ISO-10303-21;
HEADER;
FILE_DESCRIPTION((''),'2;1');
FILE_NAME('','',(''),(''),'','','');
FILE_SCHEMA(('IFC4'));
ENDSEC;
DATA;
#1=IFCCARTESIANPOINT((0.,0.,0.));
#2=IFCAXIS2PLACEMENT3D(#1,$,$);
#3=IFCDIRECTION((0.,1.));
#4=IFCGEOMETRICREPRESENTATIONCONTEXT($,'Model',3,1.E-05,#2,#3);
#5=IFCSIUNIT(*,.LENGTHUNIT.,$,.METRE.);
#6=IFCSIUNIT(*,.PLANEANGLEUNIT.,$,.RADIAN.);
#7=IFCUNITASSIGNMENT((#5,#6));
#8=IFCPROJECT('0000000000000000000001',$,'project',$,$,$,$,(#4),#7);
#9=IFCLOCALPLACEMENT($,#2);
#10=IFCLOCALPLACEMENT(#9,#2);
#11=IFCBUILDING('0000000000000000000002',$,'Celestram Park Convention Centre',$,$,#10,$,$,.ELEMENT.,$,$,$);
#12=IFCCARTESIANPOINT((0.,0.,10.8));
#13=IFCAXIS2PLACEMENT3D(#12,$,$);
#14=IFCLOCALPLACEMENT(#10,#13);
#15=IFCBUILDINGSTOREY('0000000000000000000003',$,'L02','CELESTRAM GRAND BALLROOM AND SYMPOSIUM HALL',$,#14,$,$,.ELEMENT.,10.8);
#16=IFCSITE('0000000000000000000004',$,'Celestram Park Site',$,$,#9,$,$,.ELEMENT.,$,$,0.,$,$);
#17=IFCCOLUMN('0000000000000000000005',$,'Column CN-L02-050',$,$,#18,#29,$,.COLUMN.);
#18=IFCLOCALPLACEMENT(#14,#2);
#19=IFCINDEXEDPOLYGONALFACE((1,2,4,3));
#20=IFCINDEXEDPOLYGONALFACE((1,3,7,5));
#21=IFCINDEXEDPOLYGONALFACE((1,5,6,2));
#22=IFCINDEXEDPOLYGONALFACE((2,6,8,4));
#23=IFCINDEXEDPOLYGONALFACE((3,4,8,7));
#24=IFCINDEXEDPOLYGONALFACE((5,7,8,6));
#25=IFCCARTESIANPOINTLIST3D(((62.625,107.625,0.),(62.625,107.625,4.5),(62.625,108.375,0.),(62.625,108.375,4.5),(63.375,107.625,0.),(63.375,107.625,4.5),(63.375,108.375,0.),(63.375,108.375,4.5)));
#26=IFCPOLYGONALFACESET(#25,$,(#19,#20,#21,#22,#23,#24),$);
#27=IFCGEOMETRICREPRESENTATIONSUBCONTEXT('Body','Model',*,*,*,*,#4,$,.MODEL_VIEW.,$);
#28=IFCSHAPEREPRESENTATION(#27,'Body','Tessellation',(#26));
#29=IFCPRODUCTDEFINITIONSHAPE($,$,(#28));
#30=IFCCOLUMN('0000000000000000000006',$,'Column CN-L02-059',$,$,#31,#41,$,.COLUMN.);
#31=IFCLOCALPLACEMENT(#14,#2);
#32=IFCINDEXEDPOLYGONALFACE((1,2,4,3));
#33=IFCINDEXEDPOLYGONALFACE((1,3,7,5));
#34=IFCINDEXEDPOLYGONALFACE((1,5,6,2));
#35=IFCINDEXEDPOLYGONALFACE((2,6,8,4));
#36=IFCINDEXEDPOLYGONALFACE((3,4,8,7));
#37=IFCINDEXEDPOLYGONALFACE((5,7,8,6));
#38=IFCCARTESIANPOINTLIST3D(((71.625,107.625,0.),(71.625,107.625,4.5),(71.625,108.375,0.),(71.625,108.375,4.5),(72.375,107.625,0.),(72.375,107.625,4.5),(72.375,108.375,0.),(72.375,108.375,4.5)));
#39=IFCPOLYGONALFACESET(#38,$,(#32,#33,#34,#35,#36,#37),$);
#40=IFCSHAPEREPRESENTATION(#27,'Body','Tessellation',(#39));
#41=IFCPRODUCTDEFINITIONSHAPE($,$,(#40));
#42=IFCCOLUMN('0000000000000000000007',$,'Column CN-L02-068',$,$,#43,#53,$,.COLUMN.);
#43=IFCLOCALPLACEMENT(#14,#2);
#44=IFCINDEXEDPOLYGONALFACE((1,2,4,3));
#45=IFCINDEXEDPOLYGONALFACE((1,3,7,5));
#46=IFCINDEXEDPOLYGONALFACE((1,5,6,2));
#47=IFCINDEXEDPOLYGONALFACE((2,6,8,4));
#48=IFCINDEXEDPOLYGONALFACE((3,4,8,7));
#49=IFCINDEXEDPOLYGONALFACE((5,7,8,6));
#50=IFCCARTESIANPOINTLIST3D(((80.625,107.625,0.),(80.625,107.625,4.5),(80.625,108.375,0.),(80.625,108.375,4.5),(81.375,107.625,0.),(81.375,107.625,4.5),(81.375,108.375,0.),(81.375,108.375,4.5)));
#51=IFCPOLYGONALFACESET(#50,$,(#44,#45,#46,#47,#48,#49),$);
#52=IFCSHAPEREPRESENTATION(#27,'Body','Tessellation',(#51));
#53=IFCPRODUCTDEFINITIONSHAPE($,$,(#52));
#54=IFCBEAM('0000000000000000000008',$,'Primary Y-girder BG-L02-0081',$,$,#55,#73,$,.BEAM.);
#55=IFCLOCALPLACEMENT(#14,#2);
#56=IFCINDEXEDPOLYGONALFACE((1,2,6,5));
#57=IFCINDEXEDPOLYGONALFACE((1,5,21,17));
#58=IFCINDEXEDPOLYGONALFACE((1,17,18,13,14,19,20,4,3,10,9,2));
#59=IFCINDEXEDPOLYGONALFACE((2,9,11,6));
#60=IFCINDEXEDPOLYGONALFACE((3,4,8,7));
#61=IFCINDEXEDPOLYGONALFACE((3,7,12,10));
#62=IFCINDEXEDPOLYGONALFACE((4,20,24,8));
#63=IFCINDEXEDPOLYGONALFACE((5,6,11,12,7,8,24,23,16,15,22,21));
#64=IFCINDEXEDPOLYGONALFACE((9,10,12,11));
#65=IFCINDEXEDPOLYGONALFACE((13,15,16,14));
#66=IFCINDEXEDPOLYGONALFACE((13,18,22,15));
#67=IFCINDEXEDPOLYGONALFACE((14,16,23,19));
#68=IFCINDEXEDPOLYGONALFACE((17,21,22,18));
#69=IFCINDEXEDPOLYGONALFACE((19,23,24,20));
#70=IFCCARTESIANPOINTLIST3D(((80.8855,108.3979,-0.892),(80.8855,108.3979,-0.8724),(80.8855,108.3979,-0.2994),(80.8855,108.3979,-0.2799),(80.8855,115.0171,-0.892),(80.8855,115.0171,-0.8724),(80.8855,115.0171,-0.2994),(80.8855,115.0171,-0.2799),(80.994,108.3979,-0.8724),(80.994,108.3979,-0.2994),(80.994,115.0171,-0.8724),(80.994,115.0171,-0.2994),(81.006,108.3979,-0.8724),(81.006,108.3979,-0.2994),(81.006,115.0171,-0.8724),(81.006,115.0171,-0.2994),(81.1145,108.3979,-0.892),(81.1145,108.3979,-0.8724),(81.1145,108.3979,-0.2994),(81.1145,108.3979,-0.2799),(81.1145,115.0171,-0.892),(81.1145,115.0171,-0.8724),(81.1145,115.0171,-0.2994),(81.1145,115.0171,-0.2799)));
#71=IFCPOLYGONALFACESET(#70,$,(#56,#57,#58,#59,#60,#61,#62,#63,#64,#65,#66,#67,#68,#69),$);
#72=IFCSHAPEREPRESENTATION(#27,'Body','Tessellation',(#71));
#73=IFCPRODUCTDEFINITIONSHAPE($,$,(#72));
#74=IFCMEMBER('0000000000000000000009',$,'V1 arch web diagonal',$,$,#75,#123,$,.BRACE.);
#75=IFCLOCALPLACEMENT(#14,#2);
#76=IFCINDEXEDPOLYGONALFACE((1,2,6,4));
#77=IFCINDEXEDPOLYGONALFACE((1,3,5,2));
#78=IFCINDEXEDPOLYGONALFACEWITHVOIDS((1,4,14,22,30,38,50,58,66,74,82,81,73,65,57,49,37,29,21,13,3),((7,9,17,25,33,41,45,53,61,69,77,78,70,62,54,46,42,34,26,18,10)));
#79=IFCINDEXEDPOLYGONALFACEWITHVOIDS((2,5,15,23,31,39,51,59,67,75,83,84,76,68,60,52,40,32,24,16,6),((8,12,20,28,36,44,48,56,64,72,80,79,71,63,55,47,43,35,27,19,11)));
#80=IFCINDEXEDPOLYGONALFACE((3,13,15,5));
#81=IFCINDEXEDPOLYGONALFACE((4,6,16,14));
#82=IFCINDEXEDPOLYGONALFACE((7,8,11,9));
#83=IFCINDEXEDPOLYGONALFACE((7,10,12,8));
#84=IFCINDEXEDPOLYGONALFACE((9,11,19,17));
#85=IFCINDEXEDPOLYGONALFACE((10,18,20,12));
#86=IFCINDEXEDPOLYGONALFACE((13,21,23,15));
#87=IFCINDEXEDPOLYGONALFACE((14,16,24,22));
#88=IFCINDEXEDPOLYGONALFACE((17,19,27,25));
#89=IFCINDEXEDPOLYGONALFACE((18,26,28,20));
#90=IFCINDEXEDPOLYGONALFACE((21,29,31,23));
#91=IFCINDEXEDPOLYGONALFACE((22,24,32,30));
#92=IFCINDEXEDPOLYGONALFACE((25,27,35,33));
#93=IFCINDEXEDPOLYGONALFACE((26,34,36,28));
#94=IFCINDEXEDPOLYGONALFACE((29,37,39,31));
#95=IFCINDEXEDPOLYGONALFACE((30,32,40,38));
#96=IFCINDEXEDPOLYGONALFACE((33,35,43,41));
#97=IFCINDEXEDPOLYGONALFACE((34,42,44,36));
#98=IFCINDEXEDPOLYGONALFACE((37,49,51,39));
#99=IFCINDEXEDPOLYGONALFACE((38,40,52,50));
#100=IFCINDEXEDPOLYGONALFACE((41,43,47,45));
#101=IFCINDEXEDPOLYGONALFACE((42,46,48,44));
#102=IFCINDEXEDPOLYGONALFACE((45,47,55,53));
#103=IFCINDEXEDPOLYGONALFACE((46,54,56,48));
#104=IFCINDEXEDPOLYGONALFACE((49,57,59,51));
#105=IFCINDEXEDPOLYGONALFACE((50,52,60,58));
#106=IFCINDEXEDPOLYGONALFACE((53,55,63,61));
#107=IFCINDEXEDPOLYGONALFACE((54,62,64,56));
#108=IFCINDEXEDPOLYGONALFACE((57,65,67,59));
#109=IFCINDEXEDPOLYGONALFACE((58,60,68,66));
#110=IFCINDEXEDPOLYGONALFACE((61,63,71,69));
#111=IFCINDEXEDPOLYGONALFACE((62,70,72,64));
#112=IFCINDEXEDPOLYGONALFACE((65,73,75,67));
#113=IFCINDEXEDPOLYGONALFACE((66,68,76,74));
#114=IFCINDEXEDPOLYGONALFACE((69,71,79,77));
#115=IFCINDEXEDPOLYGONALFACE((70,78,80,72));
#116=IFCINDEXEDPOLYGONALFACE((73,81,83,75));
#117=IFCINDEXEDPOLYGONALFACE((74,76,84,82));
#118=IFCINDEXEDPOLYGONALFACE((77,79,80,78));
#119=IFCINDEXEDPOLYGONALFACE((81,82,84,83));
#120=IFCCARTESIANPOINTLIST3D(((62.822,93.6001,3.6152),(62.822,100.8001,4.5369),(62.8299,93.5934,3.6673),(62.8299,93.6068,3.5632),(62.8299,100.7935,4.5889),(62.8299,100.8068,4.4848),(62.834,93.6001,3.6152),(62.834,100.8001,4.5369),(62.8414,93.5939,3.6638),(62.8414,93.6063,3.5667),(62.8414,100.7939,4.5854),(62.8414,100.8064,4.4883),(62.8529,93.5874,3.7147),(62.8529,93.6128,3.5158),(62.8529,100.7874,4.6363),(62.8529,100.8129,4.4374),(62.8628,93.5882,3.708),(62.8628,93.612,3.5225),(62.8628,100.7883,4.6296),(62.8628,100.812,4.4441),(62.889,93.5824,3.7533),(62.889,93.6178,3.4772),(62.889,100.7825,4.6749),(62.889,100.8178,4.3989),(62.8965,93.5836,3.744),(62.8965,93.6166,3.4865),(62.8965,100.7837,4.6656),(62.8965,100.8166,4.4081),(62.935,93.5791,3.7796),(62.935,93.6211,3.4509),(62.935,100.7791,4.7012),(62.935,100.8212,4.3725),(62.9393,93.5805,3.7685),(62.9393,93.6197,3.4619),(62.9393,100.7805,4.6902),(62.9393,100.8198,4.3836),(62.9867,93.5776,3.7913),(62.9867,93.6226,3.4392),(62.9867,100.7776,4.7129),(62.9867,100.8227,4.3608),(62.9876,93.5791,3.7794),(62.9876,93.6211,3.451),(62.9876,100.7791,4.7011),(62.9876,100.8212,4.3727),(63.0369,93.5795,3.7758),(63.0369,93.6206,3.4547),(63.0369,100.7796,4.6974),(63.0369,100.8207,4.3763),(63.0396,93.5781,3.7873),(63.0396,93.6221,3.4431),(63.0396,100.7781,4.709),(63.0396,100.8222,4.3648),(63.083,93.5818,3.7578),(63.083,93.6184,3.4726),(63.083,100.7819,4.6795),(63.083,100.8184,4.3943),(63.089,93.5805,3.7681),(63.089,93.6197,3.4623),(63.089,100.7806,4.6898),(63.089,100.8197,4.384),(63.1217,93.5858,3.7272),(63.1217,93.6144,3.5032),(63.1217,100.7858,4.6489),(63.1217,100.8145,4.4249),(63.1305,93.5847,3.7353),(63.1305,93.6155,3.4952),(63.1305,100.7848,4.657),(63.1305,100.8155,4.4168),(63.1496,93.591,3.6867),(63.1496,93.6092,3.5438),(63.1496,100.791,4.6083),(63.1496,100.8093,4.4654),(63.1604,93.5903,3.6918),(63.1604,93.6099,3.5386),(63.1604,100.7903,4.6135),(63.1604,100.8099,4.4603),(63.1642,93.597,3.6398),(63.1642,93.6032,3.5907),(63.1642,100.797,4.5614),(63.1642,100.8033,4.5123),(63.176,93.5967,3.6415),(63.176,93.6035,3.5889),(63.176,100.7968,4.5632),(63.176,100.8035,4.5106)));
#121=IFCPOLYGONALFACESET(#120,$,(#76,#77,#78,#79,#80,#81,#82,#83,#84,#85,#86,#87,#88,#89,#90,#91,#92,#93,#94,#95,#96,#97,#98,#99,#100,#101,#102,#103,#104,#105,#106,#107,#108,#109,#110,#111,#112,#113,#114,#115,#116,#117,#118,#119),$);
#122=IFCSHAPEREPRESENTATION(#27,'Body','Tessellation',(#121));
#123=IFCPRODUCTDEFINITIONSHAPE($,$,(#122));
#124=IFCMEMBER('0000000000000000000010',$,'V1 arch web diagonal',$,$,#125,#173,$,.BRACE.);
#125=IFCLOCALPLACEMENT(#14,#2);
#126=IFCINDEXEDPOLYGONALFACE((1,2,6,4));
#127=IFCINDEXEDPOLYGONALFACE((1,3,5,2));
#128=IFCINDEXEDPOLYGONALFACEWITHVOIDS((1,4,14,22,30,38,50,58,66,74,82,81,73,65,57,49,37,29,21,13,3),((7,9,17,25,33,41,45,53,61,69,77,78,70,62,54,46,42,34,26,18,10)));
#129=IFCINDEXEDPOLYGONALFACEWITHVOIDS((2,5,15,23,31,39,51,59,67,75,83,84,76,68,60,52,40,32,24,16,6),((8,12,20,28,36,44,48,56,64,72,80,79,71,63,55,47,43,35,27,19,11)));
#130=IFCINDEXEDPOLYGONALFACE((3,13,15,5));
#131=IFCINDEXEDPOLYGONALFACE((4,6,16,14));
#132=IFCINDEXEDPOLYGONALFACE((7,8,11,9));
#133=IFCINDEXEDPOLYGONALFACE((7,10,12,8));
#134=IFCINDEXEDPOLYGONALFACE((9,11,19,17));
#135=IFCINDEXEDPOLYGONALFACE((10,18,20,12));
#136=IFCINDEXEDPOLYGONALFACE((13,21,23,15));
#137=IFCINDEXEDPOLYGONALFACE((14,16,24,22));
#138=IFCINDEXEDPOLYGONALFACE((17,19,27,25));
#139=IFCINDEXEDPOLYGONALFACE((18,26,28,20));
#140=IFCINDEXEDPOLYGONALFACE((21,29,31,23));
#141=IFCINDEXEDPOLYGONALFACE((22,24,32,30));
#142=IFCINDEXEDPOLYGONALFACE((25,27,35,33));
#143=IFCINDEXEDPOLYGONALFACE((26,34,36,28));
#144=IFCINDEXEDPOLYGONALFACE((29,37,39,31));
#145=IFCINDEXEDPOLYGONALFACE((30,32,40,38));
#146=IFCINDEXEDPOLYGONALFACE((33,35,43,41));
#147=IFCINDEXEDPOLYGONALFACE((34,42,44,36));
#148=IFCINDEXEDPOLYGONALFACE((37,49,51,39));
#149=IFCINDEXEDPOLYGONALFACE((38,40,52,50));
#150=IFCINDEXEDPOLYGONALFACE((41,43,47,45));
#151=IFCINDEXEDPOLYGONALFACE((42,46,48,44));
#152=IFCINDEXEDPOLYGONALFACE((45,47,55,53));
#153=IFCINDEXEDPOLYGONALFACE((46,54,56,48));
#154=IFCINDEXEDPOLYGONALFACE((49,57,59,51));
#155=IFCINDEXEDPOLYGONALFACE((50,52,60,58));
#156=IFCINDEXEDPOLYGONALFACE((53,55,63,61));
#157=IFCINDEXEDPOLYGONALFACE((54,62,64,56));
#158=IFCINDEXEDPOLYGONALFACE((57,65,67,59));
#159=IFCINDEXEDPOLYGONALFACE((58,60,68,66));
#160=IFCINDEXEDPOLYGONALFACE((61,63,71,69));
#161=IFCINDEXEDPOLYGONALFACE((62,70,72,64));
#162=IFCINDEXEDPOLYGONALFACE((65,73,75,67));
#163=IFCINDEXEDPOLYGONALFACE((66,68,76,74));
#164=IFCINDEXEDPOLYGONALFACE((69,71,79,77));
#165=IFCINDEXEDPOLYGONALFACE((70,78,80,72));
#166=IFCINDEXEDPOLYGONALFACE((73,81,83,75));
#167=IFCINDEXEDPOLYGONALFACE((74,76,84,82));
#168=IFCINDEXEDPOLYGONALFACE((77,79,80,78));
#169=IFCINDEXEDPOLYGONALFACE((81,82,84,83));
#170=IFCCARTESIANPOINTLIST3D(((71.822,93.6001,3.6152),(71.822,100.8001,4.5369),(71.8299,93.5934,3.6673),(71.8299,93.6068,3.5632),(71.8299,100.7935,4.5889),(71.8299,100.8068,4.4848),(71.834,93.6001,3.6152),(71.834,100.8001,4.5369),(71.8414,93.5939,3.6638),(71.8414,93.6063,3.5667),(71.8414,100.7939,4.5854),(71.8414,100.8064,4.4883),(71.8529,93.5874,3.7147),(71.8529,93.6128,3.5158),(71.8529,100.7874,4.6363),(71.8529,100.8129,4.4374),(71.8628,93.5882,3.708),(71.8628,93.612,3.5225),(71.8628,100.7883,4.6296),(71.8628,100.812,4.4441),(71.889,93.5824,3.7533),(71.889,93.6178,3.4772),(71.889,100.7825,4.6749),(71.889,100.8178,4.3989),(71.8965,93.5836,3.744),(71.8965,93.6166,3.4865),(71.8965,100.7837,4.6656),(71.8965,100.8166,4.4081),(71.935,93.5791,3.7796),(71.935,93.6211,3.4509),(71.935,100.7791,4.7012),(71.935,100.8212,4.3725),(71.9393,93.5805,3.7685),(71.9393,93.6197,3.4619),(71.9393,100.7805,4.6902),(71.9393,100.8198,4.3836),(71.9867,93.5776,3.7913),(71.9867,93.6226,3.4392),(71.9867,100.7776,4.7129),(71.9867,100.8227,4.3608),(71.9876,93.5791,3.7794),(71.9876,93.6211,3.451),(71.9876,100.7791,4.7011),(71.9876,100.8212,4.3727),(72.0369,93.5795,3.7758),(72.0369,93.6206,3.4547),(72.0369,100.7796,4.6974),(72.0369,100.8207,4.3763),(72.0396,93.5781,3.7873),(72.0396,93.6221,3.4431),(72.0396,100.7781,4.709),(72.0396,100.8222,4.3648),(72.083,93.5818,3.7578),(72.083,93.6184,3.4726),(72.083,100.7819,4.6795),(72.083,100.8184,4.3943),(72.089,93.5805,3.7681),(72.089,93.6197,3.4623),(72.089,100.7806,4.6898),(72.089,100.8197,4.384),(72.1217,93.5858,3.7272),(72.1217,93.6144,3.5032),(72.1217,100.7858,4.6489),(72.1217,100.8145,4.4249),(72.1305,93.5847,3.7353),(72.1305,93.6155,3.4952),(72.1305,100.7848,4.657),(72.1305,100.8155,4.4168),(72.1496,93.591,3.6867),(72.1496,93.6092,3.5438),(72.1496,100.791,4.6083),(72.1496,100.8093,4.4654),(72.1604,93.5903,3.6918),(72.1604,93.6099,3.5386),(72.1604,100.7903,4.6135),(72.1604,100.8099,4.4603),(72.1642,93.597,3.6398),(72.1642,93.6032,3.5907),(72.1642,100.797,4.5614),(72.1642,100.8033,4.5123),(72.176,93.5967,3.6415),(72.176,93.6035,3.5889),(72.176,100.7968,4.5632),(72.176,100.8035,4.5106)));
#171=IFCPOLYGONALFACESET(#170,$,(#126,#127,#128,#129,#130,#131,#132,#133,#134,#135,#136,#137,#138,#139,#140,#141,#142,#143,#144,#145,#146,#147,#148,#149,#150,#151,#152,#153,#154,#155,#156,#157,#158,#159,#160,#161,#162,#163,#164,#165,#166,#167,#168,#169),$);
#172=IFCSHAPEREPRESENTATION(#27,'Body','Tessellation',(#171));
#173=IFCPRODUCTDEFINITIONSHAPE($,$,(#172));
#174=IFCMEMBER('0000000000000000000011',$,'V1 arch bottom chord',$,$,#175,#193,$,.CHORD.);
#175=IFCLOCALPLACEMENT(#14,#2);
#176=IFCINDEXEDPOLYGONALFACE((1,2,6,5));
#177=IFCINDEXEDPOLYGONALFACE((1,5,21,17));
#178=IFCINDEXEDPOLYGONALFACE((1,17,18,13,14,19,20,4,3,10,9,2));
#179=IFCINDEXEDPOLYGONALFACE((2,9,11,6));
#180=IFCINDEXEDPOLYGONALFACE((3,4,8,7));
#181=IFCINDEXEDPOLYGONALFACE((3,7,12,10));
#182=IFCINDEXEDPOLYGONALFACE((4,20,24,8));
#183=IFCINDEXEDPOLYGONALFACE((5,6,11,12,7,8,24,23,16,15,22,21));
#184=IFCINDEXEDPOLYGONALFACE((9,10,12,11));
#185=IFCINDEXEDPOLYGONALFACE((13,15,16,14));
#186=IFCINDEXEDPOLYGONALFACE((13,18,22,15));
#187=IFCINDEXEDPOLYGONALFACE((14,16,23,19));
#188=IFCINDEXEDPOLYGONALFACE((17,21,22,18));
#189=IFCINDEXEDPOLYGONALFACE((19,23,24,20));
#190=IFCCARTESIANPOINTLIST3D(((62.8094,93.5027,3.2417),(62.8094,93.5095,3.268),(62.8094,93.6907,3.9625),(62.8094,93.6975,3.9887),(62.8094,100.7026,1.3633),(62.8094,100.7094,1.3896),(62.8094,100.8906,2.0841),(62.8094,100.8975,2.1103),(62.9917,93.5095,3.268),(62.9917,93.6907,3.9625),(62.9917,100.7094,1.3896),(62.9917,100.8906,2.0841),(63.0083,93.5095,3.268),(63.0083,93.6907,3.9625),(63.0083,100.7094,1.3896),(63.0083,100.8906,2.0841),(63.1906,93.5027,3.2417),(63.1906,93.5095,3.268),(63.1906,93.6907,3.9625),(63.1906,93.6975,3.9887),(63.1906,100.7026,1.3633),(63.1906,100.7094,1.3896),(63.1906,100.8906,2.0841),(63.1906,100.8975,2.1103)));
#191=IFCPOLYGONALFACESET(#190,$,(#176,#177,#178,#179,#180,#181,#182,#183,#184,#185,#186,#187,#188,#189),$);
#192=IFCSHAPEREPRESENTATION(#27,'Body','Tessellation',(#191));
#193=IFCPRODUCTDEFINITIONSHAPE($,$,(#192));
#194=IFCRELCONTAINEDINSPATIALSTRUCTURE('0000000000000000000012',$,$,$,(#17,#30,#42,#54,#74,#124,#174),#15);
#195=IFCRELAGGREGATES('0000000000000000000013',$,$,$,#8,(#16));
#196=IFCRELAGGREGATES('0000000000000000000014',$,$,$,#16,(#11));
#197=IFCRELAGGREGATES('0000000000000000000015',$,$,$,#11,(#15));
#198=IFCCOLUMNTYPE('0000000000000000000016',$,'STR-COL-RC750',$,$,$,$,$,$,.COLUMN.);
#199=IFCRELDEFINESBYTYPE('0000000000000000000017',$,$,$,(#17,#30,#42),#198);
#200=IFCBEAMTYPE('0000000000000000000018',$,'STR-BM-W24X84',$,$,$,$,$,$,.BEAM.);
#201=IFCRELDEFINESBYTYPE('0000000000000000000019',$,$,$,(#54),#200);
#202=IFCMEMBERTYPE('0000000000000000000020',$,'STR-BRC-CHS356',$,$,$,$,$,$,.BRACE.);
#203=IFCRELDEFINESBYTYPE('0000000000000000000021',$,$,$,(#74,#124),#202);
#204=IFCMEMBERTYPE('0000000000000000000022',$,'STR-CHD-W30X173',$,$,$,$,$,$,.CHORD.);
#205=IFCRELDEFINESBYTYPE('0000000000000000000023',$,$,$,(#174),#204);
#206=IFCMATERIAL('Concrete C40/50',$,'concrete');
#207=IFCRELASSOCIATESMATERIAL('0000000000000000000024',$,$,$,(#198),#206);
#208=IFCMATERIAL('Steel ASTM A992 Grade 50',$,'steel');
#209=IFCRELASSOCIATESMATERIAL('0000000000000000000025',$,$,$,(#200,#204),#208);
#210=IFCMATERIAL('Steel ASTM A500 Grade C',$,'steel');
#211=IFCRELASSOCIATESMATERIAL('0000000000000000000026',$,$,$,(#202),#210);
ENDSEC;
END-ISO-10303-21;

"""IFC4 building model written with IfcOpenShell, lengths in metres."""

from ifc_helpers import new_model, si_unit, direction, frame, origin, origin_2d, place, context, subcontext, project, spatial, rectangle, hollow_circle, i_section, extrude, material, material_profile, profile_set, type_object, element, save


model = new_model("IFC4")

# Units and contexts
model_context = context("Model", 3, precision=1e-05, world=origin(), true_north=direction((0.0, 1.0)))
body_context = subcontext(model_context, "Body", "Model", "MODEL_VIEW")
ifc_project = project(units=[si_unit("LENGTHUNIT", "METRE"), si_unit("PLANEANGLEUNIT", "RADIAN")], contexts=[model_context])

# Site, building, storey
site_placement = place(None, origin())
site = spatial("IfcSite", under=ifc_project, at=site_placement, Name="Celestram Park Site", CompositionType="ELEMENT", RefElevation=0.0)
building_placement = place(site_placement, origin())
building = spatial("IfcBuilding", under=site, at=building_placement, Name="Celestram Park Convention Centre", CompositionType="ELEMENT")
storey_placement = place(building_placement, frame((0.0, 0.0, 10.8)))
storey = spatial("IfcBuildingStorey", under=building, at=storey_placement, Name="L02", Description="CELESTRAM GRAND BALLROOM AND SYMPOSIUM HALL", CompositionType="ELEMENT", Elevation=10.8)

# Columns
ifc_material_1 = material(Name="Concrete C40/50", Category="concrete")
ifc_material_profile_1 = material_profile(ifc_material_1, rectangle(XDim=0.75, YDim=0.75, at=origin_2d()), Name="RC750X750")
ifc_profile_set_1 = profile_set([ifc_material_profile_1], Name="Concrete C40/50")
column_type = type_object("IfcColumnType", Name="STR-COL-RC750", PredefinedType="COLUMN", material=ifc_profile_set_1)
for number, where, z_axis, x_axis, name in (
    (1, (63.0, 108.0, 0.0), (0.0, 0.0, 1.0), (1.0, 0.0, 0.0), "Column CN-L02-050"),
    (2, (72.0, 108.0, 0.0), (0.0, 0.0, 1.0), (1.0, 0.0, 0.0), "Column CN-L02-059"),
    (3, (81.0, 108.0, 0.0), (0.0, 0.0, 1.0), (1.0, 0.0, 0.0), "Column CN-L02-068"),
):
    element("IfcColumn", number, at=place(storey_placement, frame(where, z_axis=z_axis, x_axis=x_axis)), inside=storey, type_object=column_type, Name=name, PredefinedType="COLUMN", context=body_context, shape_type="SweptSolid", body=[
        extrude(rectangle(XDim=0.75, YDim=0.75, at=origin_2d()), origin(), (0.0, 0.0, 1.0), 4.5),
    ])

# Beam
ifc_material_2 = material(Name="Steel ASTM A992 Grade 50", Category="steel")
ifc_material_profile_2 = material_profile(ifc_material_2, i_section(OverallWidth=0.229, OverallDepth=0.6121, WebThickness=0.012, FlangeThickness=0.0195, at=origin_2d()), Name="W24X84")
ifc_profile_set_2 = profile_set([ifc_material_profile_2], Name="Steel ASTM A992 Grade 50")
beam_type_1 = type_object("IfcBeamType", Name="STR-BM-W24X84", PredefinedType="BEAM", material=ifc_profile_set_2)
beam_placement = place(storey_placement, frame((81.0, 108.3979, -0.5859), z_axis=(0.0, 1.0, 0.0), x_axis=(-1.0, 0.0, 0.0)))
element("IfcBeam", 4, at=beam_placement, inside=storey, type_object=beam_type_1, Name="Primary Y-girder BG-L02-0081", PredefinedType="BEAM", context=body_context, shape_type="SweptSolid", body=[
    extrude(i_section(OverallWidth=0.229, OverallDepth=0.6121, WebThickness=0.012, FlangeThickness=0.0195, at=origin_2d()), origin(), (0.0, 0.0, 1.0), 6.6191),
])

# Members
ifc_material_3 = material(Name="Steel ASTM A500 Grade C", Category="steel")
ifc_material_profile_3 = material_profile(ifc_material_3, hollow_circle(Radius=0.178, WallThickness=0.012, at=origin_2d()), Name="CHS356X12")
ifc_profile_set_3 = profile_set([ifc_material_profile_3], Name="Steel ASTM A500 Grade C")
member_type_1 = type_object("IfcMemberType", Name="STR-BRC-CHS356", PredefinedType="BRACE", material=ifc_profile_set_3)
for number, where, z_axis, x_axis, name in (
    (5, (63.0, 93.6001, 3.6152), (0.0, 0.991907, 0.126969), (-1.0, 0.0, 0.0), "V1 arch web diagonal"),
    (6, (72.0, 93.6001, 3.6152), (0.0, 0.991907, 0.126969), (-1.0, 0.0, 0.0), "V1 arch web diagonal"),
):
    element("IfcMember", number, at=place(storey_placement, frame(where, z_axis=z_axis, x_axis=x_axis)), inside=storey, type_object=member_type_1, Name=name, PredefinedType="BRACE", context=body_context, shape_type="SweptSolid", body=[
        extrude(hollow_circle(Radius=0.178, WallThickness=0.012, at=origin_2d()), origin(), (0.0, 0.0, 1.0), 7.2588),
    ])
ifc_material_profile_4 = material_profile(ifc_material_2, i_section(OverallWidth=0.3811, OverallDepth=0.772, WebThickness=0.0166, FlangeThickness=0.0271, at=origin_2d()), Name="W30X173")
ifc_profile_set_4 = profile_set([ifc_material_profile_4], Name="Steel ASTM A992 Grade 50")
member_type_2 = type_object("IfcMemberType", Name="STR-CHD-W30X173", PredefinedType="CHORD", material=ifc_profile_set_4)
member_1_placement = place(storey_placement, frame((63.0, 93.6001, 3.6152), z_axis=(0.0, 0.967612, -0.252443), x_axis=(-1.0, 0.0, 0.0)))
element("IfcMember", 7, at=member_1_placement, inside=storey, type_object=member_type_2, Name="V1 arch bottom chord", PredefinedType="CHORD", context=body_context, shape_type="SweptSolid", body=[
    extrude(i_section(OverallWidth=0.3811, OverallDepth=0.772, WebThickness=0.0166, FlangeThickness=0.0271, at=origin_2d()), origin(), (0.0, 0.0, 1.0), 7.4409),
])

save(model, "model.ifc")
